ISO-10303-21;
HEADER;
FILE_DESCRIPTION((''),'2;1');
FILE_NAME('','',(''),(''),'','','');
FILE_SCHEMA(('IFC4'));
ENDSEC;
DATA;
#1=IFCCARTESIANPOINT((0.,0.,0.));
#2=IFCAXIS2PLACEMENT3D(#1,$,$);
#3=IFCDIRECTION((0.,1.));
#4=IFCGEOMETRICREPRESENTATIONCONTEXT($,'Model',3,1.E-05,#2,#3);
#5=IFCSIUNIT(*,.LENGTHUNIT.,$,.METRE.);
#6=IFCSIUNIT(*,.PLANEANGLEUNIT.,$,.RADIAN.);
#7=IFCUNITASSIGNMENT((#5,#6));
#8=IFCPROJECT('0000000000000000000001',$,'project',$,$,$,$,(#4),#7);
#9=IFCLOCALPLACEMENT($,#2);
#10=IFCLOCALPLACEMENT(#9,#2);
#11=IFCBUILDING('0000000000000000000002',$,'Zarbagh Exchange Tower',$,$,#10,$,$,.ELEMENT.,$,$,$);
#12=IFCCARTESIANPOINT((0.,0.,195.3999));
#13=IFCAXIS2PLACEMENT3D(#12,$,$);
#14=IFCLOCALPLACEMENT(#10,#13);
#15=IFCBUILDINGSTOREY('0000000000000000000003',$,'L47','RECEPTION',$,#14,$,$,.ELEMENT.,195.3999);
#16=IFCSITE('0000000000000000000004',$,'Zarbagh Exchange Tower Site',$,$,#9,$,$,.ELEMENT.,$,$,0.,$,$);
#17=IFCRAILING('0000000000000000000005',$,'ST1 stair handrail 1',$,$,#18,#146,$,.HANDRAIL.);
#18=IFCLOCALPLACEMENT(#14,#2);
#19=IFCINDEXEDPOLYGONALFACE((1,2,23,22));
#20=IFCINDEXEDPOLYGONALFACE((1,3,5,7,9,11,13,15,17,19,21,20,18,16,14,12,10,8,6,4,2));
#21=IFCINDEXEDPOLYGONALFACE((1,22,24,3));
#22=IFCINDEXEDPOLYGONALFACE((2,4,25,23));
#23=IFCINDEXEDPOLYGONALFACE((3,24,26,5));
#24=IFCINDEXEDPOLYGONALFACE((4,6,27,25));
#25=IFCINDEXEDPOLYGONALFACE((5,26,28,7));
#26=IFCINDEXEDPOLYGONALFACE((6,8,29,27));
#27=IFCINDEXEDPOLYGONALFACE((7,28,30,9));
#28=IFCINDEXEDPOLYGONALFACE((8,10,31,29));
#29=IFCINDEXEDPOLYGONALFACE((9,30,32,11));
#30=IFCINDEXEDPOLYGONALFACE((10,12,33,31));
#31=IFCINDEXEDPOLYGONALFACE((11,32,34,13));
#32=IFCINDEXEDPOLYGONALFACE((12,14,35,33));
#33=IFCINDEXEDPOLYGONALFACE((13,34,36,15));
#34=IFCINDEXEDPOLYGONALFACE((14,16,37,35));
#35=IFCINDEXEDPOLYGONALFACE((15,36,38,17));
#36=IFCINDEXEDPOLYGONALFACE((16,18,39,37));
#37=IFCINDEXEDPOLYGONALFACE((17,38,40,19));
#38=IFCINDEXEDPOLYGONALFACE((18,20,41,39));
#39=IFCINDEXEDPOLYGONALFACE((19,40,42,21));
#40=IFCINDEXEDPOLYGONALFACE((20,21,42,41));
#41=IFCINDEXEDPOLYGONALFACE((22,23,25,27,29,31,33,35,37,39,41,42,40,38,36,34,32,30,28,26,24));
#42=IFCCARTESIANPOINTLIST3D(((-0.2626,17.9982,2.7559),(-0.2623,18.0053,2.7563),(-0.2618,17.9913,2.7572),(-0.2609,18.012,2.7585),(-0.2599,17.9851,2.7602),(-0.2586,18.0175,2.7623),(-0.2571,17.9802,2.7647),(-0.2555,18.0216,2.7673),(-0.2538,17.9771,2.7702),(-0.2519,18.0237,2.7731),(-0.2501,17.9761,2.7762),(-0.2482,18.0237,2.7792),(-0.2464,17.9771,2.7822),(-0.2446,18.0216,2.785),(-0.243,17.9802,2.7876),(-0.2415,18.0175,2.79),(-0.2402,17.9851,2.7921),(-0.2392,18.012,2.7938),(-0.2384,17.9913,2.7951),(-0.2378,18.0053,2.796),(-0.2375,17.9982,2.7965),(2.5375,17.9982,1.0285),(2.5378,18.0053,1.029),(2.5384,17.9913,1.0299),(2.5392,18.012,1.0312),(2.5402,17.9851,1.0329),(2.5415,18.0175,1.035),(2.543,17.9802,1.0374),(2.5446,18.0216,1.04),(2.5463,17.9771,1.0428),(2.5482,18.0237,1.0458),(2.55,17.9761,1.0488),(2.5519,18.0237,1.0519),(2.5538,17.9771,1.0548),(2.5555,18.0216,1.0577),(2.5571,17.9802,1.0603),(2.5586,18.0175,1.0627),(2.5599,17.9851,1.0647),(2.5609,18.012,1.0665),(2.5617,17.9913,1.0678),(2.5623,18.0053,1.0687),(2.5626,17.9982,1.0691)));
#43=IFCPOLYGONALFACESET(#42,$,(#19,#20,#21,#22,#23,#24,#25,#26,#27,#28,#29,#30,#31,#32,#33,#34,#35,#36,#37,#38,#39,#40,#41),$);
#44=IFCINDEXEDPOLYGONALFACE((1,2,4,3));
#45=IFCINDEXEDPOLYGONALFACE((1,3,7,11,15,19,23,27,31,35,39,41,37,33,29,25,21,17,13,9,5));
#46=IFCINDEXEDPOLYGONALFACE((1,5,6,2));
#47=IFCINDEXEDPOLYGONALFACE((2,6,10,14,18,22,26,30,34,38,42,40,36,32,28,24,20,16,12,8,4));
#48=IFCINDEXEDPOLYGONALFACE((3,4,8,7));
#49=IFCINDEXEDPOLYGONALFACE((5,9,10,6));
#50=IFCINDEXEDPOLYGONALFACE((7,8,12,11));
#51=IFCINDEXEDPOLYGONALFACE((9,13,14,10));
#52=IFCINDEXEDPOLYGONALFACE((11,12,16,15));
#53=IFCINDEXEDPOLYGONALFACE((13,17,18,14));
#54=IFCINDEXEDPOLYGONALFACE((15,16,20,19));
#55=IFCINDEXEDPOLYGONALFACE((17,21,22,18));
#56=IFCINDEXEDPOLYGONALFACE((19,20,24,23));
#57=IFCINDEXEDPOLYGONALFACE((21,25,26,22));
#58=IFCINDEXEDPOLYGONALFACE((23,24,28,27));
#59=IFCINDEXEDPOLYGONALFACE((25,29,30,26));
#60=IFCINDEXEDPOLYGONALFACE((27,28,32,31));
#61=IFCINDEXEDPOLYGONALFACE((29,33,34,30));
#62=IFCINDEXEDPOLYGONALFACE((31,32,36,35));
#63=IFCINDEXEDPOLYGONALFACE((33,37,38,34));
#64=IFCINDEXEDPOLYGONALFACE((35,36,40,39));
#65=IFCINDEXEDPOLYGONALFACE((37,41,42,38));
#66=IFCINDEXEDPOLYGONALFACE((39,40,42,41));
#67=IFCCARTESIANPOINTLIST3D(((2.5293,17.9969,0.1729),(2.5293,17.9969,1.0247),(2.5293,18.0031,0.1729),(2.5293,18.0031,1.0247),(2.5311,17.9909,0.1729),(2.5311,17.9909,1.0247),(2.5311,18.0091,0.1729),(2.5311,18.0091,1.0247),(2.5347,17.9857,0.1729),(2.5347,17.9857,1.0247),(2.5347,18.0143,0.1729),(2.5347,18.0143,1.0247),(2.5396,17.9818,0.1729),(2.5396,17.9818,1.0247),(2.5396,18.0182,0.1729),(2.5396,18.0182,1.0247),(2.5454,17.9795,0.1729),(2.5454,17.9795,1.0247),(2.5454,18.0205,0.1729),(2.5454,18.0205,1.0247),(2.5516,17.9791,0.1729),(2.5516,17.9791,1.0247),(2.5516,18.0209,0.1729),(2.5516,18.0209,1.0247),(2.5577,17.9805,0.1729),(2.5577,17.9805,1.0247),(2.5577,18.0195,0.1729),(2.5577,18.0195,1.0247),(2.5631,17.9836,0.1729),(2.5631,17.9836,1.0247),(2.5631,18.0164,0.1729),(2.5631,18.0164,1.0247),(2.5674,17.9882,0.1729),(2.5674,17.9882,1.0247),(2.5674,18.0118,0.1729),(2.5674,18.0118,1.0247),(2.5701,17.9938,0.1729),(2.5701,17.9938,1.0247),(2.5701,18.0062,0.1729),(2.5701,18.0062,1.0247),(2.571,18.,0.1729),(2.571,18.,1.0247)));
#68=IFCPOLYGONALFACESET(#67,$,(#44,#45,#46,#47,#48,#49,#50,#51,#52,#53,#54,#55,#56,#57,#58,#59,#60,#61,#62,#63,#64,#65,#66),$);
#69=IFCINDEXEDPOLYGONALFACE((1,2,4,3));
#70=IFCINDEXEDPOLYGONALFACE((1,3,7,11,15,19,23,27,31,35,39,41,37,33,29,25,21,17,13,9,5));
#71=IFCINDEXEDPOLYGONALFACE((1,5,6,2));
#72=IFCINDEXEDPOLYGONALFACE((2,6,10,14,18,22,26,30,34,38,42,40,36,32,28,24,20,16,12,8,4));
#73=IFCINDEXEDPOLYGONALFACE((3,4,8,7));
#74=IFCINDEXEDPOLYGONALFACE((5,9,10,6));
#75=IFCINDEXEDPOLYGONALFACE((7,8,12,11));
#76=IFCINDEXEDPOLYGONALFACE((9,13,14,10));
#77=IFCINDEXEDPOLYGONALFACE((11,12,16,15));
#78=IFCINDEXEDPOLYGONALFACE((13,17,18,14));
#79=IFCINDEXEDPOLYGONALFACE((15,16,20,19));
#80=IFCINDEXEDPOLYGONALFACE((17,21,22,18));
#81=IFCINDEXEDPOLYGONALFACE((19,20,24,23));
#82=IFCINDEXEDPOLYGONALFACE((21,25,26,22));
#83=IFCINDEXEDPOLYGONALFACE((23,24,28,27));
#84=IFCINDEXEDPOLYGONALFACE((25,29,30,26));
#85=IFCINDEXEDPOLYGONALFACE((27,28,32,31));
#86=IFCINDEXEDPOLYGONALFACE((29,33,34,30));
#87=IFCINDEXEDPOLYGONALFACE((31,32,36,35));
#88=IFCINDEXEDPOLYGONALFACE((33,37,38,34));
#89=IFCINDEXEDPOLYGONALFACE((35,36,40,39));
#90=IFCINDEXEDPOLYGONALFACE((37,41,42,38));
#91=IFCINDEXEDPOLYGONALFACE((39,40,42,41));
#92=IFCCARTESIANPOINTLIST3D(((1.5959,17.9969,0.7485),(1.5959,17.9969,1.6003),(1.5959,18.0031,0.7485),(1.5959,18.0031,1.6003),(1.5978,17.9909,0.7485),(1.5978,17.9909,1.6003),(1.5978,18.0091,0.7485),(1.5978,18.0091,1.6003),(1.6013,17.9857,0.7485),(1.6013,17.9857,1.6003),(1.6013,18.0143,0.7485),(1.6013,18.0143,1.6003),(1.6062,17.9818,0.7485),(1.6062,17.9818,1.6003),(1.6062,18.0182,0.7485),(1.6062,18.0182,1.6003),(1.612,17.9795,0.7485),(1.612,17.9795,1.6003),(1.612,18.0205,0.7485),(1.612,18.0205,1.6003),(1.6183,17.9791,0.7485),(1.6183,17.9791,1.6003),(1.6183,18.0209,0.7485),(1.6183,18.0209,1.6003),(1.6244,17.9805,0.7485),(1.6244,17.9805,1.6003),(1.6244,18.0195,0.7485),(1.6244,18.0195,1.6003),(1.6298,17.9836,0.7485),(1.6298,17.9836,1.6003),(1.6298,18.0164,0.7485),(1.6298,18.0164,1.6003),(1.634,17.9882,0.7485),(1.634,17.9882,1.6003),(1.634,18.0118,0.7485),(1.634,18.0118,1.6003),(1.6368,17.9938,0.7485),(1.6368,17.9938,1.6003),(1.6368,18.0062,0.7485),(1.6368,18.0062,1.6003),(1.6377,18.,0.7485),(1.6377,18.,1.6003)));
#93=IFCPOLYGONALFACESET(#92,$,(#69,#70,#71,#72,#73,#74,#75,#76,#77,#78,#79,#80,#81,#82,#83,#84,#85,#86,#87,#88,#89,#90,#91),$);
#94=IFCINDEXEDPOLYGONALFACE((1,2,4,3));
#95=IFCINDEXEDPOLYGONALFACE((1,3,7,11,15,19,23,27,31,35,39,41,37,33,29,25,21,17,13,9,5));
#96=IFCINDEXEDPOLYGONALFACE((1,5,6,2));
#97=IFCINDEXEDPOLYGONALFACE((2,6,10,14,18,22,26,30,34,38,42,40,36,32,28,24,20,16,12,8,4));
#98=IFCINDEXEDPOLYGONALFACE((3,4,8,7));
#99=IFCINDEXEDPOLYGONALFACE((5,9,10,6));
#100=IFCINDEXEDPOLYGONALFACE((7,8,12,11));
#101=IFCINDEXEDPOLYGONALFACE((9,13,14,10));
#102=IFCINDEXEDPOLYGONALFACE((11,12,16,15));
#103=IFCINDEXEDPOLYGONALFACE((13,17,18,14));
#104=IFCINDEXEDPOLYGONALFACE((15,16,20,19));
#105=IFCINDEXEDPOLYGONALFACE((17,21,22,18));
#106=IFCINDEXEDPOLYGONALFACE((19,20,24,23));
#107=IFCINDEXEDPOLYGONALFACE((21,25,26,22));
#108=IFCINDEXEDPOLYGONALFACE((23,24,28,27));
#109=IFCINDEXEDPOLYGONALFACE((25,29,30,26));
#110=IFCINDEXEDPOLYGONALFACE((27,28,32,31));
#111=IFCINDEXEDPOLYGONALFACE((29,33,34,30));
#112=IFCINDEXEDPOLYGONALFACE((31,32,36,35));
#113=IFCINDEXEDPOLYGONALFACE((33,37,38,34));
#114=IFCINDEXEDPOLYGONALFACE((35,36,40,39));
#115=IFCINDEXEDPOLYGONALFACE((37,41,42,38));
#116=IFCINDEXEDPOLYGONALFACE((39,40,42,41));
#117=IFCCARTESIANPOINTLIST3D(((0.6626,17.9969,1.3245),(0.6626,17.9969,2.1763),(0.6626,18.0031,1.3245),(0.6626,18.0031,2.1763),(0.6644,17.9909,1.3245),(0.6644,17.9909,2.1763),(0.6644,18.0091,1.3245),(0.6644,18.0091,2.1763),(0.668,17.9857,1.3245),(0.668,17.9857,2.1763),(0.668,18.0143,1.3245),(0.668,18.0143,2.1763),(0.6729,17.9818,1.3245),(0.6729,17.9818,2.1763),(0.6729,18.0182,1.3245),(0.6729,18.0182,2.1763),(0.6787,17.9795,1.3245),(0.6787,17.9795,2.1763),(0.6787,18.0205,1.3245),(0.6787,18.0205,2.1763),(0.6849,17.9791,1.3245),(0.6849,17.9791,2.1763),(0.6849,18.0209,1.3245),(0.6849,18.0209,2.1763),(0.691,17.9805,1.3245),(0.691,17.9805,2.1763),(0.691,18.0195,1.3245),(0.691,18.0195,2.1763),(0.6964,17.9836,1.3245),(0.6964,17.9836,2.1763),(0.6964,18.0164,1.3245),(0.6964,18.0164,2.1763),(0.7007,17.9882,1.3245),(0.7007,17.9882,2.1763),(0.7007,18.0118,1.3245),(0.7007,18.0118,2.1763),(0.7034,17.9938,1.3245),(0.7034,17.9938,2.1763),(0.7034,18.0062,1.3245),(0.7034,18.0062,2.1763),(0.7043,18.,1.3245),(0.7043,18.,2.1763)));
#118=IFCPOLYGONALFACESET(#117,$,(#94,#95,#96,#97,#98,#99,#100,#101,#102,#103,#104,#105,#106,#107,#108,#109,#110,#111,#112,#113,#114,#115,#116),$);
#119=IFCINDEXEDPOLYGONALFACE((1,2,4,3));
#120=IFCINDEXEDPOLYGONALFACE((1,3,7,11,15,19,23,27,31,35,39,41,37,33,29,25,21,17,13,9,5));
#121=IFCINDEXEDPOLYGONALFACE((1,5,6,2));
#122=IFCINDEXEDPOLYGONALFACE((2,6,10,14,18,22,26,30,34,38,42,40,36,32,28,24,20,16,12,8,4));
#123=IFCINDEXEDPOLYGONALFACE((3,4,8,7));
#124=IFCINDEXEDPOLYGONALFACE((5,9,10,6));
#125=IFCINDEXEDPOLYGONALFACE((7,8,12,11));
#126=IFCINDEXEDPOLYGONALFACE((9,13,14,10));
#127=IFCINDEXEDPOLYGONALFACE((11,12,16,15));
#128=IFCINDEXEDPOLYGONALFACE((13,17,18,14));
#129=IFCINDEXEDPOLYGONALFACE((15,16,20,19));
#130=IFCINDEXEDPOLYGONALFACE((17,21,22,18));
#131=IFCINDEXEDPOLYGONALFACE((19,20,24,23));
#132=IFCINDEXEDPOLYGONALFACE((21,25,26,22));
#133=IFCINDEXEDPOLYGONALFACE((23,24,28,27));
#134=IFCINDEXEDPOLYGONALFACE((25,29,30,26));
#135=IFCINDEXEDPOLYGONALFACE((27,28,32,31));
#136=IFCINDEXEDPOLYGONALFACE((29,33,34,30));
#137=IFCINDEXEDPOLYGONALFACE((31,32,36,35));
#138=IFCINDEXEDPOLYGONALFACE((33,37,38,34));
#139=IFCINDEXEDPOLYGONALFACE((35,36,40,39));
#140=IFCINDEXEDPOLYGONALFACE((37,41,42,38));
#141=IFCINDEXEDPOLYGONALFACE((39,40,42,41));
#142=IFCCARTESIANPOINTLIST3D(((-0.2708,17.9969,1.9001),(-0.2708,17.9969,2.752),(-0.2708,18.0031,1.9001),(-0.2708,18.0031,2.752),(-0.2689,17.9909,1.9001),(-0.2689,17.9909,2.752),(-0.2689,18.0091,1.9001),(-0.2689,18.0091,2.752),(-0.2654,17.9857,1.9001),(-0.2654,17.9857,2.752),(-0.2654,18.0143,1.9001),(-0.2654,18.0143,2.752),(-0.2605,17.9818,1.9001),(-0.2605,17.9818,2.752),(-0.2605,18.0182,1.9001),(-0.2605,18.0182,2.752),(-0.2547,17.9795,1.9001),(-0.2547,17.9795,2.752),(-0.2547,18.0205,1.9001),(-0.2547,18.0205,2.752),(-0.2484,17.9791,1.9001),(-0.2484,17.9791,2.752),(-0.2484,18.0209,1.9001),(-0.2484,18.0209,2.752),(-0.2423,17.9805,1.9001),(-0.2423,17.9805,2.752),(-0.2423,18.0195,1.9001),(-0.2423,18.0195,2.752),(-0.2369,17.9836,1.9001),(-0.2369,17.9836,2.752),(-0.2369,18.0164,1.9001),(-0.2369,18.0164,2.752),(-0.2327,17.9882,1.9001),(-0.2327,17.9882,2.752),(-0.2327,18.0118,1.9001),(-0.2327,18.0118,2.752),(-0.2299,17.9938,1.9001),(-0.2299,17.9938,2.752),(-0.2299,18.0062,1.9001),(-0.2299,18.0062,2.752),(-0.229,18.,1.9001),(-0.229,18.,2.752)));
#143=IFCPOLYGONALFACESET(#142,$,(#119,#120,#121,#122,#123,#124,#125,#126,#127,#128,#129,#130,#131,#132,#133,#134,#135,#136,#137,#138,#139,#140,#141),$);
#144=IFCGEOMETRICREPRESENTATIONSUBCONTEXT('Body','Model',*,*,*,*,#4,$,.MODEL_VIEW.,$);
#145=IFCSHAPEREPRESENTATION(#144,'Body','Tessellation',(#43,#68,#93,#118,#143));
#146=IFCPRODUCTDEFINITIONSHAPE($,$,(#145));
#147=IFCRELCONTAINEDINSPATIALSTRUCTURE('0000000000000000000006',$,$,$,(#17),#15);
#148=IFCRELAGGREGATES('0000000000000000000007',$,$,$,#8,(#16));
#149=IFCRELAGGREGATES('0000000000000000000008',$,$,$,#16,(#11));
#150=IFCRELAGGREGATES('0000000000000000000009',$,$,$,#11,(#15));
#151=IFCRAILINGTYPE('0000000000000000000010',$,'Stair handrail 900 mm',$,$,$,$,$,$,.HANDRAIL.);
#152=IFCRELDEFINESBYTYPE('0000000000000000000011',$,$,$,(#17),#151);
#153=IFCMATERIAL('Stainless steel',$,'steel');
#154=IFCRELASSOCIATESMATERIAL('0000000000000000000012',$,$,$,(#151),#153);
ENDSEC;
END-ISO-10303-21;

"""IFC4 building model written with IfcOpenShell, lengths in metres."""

from ifc_helpers import new_model, si_unit, direction, frame, origin, origin_2d, place, context, subcontext, project, spatial, circle, extrude, material, type_object, element, save


model = new_model("IFC4")

# Units and contexts
model_context = context("Model", 3, precision=1e-05, world=origin(), true_north=direction((0.0, 1.0)))
body_context = subcontext(model_context, "Body", "Model", "MODEL_VIEW")
ifc_project = project(units=[si_unit("LENGTHUNIT", "METRE"), si_unit("PLANEANGLEUNIT", "RADIAN")], contexts=[model_context])

# Site, building, storey
site_placement = place(None, origin())
site = spatial("IfcSite", under=ifc_project, at=site_placement, Name="Zarbagh Exchange Tower Site", CompositionType="ELEMENT", RefElevation=0.0)
building_placement = place(site_placement, origin())
building = spatial("IfcBuilding", under=site, at=building_placement, Name="Zarbagh Exchange Tower", CompositionType="ELEMENT")
storey_placement = place(building_placement, frame((0.0, 0.0, 195.3999)))
storey = spatial("IfcBuildingStorey", under=building, at=storey_placement, Name="L47", Description="RECEPTION", CompositionType="ELEMENT", Elevation=195.3999)

# Shared definitions
ifc_material_1 = material(Name="Stainless steel", Category="steel")

# Railing
railing_type_1 = type_object("IfcRailingType", Name="Stair handrail 900 mm", PredefinedType="HANDRAIL", material=ifc_material_1)
railing_1_placement = place(storey_placement, frame((2.55, 18.0, 0.1729)))
element("IfcRailing", 1, at=railing_1_placement, inside=storey, type_object=railing_type_1, Name="ST1 stair handrail 1", PredefinedType="HANDRAIL", context=body_context, shape_type="SweptSolid", body=[
    extrude(circle(Radius=0.0239, at=origin_2d()), frame((0.0, 0.0, 0.876), z_axis=(-0.85109, 0.0, 0.52502), x_axis=(0.0, -1.0, 0.0)), (0.0, 0.0, 1.0), 3.29),
    extrude(circle(Radius=0.021, at=origin_2d()), origin(), (0.0, 0.0, 1.0), 0.8518),
    extrude(circle(Radius=0.021, at=origin_2d()), frame((-0.9333, 0.0, 0.5757)), (0.0, 0.0, 1.0), 0.8518),
    extrude(circle(Radius=0.021, at=origin_2d()), frame((-1.8667, 0.0, 1.1516)), (0.0, 0.0, 1.0), 0.8518),
    extrude(circle(Radius=0.021, at=origin_2d()), frame((-2.8, 0.0, 1.7273)), (0.0, 0.0, 1.0), 0.8518),
])

save(model, "model.ifc")
